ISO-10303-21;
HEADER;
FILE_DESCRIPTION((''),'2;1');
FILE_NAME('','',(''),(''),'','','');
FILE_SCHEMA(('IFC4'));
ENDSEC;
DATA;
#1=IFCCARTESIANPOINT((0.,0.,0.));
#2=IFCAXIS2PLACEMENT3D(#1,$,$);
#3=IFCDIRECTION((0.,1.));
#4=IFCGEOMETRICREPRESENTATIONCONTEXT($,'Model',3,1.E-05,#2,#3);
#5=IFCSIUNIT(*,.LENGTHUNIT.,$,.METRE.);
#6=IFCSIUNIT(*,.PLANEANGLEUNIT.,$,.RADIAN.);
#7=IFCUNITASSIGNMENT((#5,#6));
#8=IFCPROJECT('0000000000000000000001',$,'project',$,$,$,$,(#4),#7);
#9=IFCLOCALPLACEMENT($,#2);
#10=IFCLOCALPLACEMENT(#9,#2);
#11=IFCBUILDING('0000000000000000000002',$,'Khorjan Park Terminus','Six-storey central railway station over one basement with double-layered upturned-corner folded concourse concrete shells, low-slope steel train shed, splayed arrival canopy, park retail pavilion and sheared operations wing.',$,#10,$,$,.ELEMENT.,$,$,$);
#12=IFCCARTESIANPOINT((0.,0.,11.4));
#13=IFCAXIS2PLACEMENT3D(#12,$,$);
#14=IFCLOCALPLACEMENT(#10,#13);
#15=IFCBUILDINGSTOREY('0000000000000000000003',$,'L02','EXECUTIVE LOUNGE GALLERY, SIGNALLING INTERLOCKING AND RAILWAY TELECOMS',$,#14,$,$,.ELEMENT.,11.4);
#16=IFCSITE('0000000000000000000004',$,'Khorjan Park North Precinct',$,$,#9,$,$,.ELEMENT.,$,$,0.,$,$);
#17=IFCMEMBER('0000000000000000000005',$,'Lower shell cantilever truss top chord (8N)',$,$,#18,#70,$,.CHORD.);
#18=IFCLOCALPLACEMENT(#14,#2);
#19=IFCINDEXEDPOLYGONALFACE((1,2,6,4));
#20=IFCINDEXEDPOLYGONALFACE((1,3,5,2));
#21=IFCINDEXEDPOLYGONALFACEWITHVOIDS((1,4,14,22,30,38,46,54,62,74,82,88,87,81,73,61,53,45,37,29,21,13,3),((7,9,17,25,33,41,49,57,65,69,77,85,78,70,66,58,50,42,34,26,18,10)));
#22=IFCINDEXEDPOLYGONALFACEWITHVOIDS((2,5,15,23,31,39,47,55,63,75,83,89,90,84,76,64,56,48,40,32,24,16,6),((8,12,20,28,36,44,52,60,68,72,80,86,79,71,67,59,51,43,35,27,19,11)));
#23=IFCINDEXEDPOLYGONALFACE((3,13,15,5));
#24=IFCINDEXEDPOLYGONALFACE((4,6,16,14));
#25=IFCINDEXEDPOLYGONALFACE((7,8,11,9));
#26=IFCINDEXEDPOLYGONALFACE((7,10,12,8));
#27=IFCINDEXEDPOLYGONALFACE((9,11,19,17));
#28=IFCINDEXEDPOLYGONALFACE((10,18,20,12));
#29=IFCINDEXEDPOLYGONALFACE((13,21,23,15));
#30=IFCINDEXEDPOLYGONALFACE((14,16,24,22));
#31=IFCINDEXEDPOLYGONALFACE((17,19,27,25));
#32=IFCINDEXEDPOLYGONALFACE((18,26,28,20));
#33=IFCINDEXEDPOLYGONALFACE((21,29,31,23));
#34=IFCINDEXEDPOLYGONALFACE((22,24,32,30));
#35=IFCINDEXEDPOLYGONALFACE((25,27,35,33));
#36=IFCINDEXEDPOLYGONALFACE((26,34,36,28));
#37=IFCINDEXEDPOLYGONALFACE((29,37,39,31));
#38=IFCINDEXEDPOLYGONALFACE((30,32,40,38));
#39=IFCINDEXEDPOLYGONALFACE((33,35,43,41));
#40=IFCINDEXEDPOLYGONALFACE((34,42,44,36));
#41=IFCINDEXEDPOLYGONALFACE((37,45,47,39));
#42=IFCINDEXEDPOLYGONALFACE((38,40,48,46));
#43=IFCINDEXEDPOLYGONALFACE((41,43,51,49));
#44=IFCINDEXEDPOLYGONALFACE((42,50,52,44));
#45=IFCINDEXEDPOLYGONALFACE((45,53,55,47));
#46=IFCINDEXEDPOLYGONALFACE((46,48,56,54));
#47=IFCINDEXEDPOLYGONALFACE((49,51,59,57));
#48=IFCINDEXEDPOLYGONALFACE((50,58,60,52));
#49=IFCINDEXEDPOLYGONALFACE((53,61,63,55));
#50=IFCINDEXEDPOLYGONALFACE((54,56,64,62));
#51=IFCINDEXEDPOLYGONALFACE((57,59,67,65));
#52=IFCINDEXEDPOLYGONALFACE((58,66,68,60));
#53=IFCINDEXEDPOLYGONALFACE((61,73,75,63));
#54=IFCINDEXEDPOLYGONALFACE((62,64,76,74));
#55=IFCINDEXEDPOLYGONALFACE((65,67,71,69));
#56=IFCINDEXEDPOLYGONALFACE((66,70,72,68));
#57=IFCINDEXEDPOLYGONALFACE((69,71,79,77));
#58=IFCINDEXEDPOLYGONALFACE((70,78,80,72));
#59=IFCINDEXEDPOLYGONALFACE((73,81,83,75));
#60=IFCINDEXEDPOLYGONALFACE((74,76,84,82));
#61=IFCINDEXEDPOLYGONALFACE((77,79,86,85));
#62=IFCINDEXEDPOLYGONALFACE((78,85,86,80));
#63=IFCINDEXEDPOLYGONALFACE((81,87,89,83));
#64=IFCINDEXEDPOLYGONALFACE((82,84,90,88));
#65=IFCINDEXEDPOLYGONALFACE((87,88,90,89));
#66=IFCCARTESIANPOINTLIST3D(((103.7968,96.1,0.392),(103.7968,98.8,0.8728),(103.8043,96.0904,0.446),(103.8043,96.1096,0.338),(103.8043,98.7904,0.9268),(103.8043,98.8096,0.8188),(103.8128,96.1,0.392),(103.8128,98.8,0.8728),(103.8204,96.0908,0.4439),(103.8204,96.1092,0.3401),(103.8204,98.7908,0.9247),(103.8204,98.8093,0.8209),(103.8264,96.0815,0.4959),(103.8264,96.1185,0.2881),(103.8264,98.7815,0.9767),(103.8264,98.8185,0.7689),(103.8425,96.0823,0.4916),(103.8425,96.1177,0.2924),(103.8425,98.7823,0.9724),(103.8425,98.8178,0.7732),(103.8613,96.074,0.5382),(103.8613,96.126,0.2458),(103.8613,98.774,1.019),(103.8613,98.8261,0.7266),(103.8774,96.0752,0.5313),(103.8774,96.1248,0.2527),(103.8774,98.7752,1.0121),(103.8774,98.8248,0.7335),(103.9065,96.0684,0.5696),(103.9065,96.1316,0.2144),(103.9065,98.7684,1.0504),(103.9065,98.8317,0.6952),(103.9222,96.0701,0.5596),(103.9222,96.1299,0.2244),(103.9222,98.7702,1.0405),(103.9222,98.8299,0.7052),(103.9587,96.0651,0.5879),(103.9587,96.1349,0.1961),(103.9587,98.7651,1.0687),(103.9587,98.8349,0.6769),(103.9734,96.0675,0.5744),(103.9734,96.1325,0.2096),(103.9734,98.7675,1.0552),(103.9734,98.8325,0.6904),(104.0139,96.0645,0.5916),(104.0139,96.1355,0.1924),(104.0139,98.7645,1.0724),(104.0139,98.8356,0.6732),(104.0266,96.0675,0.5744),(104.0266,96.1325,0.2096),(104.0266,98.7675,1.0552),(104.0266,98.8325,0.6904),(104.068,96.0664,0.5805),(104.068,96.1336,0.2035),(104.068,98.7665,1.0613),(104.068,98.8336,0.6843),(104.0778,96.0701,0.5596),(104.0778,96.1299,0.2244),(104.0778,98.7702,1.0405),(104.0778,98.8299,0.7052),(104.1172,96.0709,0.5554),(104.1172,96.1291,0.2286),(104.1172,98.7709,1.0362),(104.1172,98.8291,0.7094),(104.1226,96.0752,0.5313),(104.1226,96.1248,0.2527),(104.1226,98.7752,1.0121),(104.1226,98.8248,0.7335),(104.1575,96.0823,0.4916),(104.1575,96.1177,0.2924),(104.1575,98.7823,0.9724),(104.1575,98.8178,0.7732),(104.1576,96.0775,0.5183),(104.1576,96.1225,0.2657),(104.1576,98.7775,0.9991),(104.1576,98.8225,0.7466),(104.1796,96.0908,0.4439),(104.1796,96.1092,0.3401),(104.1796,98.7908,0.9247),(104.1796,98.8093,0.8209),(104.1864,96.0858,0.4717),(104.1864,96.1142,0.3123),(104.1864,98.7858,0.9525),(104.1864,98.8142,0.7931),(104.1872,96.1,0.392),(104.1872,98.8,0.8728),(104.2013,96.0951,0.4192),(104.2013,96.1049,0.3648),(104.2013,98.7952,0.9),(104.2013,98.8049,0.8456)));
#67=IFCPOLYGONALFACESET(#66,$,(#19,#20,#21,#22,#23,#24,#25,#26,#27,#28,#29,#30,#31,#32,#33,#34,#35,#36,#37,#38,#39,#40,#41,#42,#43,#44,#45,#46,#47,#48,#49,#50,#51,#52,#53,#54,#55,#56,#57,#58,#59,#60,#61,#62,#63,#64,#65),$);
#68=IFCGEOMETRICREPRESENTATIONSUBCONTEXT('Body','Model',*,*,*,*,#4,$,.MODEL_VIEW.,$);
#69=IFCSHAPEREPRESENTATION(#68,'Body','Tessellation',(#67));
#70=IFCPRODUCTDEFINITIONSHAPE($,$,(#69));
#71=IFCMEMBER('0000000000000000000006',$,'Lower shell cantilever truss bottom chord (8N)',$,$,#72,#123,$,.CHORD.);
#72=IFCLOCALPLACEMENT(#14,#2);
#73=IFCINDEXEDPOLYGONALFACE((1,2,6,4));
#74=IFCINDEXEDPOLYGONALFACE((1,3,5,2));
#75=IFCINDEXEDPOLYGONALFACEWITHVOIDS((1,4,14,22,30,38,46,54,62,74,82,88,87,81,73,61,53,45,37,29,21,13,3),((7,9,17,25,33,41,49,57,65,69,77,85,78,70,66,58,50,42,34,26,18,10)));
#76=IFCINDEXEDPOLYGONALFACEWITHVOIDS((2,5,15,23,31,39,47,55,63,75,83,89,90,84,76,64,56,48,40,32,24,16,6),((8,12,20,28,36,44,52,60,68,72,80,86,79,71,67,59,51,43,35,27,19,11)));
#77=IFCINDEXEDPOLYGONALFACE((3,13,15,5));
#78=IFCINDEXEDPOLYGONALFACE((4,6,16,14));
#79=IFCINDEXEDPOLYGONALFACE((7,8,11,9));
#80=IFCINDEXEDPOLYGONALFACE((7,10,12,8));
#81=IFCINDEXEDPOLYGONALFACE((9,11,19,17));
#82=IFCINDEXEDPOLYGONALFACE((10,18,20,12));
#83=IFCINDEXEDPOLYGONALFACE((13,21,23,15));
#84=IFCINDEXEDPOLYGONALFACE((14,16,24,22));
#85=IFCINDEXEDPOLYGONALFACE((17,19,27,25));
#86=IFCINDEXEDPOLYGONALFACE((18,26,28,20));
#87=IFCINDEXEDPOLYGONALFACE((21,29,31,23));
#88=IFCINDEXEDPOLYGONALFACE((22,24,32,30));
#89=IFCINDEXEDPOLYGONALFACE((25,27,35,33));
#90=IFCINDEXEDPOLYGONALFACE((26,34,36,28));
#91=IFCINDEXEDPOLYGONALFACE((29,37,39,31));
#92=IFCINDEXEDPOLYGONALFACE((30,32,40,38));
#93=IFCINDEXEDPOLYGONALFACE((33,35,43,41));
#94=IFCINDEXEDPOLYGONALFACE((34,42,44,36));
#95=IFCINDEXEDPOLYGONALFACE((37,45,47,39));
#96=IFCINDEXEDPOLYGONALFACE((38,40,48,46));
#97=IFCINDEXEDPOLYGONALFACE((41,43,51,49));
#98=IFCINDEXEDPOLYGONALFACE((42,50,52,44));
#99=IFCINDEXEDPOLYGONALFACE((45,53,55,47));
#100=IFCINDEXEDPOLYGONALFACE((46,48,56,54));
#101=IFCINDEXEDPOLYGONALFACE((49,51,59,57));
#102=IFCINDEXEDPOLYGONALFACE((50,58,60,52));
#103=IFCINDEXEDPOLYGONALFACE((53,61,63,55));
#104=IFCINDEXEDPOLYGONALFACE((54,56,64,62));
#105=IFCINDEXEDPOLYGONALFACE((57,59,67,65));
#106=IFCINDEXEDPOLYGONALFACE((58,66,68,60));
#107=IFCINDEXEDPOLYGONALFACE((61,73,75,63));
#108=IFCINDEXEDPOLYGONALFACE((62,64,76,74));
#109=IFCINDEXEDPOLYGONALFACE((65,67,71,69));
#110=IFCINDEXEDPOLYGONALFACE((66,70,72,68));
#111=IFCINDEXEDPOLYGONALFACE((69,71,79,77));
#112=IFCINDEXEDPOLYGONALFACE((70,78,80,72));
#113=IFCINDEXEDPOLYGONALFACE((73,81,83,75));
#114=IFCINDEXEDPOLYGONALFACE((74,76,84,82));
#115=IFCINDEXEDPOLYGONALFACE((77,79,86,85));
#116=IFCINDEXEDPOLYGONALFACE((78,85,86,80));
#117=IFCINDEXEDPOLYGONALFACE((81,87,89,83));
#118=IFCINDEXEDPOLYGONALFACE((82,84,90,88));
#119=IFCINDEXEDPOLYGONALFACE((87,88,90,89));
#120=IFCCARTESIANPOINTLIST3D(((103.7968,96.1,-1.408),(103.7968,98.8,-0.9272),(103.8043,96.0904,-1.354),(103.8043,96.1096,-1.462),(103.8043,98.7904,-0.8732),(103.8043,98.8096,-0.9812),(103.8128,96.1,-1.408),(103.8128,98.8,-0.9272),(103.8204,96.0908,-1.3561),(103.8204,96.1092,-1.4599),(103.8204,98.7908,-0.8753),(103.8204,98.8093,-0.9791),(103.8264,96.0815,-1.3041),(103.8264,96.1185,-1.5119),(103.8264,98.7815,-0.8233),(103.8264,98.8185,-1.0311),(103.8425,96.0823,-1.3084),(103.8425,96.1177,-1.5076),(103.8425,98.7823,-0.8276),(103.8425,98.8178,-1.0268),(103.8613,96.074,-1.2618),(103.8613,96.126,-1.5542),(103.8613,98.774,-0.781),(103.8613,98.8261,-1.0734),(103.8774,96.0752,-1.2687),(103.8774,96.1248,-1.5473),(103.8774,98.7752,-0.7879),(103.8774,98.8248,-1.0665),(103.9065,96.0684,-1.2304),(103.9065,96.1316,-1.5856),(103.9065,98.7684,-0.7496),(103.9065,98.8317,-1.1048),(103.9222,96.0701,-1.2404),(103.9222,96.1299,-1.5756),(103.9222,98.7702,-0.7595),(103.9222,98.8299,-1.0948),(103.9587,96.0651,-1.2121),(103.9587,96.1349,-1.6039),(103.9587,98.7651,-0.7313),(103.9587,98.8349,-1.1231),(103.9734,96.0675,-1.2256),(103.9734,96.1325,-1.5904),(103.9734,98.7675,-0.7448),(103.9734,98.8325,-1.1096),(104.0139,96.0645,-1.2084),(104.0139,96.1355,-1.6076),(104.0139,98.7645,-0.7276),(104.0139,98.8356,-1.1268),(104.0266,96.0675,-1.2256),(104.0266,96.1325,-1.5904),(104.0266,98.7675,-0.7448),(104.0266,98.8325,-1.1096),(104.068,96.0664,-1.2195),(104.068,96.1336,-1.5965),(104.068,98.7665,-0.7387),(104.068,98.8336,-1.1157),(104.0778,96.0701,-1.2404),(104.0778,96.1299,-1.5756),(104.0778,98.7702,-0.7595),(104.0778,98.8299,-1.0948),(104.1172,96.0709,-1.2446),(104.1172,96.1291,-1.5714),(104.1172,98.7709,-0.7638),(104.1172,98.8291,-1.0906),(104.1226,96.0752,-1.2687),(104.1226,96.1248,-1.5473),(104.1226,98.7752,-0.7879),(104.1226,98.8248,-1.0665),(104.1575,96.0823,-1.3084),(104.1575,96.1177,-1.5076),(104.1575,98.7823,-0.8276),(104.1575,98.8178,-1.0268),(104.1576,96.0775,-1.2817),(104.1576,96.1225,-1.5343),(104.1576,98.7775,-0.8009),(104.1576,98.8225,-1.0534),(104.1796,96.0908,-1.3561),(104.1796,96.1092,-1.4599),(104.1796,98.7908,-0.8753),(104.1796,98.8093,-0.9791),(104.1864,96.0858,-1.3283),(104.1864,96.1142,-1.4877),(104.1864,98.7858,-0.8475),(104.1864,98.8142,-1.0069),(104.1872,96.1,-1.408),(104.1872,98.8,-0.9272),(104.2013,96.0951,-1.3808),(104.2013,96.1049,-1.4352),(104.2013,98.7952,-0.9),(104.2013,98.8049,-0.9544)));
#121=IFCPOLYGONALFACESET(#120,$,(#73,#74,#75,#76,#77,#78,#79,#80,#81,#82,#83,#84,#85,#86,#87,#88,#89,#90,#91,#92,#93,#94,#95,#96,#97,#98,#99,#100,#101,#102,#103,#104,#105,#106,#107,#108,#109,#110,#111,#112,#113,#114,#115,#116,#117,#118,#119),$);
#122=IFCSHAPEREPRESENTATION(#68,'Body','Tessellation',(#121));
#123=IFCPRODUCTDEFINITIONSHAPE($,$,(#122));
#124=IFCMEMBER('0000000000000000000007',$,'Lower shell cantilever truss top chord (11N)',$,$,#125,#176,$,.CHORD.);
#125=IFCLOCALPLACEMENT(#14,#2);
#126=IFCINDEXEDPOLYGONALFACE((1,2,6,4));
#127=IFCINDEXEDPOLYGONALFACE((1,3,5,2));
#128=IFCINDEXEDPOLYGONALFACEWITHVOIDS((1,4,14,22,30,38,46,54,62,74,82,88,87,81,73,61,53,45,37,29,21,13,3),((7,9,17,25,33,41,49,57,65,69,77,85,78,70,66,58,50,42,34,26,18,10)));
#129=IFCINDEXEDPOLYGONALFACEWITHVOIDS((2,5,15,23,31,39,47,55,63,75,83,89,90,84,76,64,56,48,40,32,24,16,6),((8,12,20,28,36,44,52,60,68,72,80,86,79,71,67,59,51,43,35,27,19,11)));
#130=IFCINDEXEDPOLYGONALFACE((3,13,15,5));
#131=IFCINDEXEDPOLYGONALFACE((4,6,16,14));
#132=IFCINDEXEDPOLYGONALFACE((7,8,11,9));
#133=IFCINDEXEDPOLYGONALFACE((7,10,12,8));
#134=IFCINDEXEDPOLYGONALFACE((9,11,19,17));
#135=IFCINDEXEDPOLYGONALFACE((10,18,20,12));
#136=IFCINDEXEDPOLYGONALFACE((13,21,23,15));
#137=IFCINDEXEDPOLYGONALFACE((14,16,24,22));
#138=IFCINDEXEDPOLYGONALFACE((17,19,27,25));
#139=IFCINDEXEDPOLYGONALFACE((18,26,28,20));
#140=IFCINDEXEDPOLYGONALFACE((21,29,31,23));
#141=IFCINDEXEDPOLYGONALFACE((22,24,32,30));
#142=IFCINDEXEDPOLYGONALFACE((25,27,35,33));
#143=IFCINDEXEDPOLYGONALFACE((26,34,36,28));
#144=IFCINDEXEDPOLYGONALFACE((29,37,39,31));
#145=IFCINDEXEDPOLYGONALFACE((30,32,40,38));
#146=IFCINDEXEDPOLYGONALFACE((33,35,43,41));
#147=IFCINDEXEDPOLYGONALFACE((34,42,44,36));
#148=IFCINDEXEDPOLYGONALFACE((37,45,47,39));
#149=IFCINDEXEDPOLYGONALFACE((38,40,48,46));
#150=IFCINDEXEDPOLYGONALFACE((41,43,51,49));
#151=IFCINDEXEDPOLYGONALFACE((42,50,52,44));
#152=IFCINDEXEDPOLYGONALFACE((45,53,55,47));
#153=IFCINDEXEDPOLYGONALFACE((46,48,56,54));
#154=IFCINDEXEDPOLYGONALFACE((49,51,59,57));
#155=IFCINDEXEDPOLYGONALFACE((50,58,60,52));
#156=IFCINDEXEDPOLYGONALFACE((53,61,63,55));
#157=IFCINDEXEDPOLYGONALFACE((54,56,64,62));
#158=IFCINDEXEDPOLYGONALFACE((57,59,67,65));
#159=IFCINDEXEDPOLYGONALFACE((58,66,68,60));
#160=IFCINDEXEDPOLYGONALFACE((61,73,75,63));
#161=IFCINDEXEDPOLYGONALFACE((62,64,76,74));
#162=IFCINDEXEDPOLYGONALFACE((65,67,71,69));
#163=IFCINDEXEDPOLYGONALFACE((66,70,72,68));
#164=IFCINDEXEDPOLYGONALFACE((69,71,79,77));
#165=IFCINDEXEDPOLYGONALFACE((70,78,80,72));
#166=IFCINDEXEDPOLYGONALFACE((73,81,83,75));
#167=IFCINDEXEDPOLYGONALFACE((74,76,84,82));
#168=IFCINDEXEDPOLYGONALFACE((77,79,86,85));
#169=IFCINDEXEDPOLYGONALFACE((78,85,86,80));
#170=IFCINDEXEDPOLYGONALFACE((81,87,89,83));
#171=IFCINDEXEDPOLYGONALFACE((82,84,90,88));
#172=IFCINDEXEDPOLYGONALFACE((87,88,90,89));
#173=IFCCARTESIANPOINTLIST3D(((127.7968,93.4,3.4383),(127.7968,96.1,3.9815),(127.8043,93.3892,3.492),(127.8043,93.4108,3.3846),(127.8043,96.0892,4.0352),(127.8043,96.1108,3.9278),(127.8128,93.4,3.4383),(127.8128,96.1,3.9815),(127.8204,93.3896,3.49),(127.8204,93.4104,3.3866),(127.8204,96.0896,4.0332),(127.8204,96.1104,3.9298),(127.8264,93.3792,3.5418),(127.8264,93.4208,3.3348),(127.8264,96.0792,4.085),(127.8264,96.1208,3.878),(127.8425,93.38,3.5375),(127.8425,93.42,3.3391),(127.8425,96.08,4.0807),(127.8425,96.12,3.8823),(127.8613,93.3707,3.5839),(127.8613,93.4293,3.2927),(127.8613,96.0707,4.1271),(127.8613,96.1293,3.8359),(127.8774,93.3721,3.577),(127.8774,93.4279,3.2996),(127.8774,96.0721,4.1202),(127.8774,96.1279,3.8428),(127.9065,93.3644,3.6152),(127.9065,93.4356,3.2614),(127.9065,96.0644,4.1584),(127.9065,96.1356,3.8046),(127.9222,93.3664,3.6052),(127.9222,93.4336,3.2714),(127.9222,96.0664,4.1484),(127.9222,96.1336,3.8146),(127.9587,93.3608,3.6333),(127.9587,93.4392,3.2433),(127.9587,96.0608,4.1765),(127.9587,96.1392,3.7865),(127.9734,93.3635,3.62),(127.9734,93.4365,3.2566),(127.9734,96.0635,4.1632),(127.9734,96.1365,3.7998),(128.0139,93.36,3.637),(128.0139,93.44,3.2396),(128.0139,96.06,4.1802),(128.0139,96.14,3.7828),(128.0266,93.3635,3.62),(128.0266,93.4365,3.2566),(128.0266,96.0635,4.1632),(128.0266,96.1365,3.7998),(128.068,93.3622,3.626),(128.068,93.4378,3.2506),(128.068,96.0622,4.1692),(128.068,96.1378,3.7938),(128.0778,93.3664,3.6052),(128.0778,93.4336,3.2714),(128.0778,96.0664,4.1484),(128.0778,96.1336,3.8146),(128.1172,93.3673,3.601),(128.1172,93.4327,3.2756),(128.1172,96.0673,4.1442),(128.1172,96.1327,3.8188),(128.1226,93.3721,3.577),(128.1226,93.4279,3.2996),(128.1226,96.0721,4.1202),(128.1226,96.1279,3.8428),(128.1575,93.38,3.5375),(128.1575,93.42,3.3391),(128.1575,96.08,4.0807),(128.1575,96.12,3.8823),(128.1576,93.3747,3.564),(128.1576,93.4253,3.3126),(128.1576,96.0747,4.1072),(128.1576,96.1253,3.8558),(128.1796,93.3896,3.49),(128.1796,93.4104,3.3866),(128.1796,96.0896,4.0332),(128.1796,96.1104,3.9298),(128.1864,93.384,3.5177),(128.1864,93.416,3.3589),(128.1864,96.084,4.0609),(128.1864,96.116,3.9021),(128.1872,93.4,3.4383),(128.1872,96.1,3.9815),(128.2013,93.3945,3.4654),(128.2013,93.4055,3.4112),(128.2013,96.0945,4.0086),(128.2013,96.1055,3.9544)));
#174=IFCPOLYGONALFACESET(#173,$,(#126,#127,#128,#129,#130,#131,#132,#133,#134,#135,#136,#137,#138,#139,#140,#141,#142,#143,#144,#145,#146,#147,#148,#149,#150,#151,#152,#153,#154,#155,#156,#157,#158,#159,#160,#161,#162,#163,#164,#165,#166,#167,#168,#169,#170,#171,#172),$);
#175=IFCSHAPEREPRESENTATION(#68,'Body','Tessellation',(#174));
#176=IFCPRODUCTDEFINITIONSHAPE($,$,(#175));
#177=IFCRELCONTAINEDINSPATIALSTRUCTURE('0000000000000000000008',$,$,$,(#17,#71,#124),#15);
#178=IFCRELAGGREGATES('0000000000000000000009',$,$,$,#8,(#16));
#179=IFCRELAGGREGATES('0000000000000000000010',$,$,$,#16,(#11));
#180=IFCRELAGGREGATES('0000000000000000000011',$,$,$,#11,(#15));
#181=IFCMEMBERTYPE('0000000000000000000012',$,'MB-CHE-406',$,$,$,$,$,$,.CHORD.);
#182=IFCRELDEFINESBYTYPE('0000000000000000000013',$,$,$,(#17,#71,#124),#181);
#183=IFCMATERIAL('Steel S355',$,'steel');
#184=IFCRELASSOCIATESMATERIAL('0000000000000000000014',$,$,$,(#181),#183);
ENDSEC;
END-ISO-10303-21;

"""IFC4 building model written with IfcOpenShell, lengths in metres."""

from ifc_helpers import new_model, si_unit, direction, frame, origin, origin_2d, place, context, subcontext, project, spatial, hollow_circle, extrude, material, material_profile, profile_set, type_object, element, save


model = new_model("IFC4")

# Units and contexts
model_context = context("Model", 3, precision=1e-05, world=origin(), true_north=direction((0.0, 1.0)))
body_context = subcontext(model_context, "Body", "Model", "MODEL_VIEW")
ifc_project = project(units=[si_unit("LENGTHUNIT", "METRE"), si_unit("PLANEANGLEUNIT", "RADIAN")], contexts=[model_context])

# Site, building, storey
site_placement = place(None, origin())
site = spatial("IfcSite", under=ifc_project, at=site_placement, Name="Khorjan Park North Precinct", CompositionType="ELEMENT", RefElevation=0.0)
building_placement = place(site_placement, origin())
building = spatial("IfcBuilding", under=site, at=building_placement, Name="Khorjan Park Terminus", Description="Six-storey central railway station over one basement with double-layered upturned-corner folded concourse concrete shells, low-slope steel train shed, splayed arrival canopy, park retail pavilion and sheared operations wing.", CompositionType="ELEMENT")
storey_placement = place(building_placement, frame((0.0, 0.0, 11.4)))
storey = spatial("IfcBuildingStorey", under=building, at=storey_placement, Name="L02", Description="EXECUTIVE LOUNGE GALLERY, SIGNALLING INTERLOCKING AND RAILWAY TELECOMS", CompositionType="ELEMENT", Elevation=11.4)

# Members
ifc_material_1 = material(Name="Steel S355", Category="steel")
ifc_material_profile_1 = material_profile(ifc_material_1, hollow_circle(Radius=0.2032, WallThickness=0.016, at=origin_2d()), Name="CHS 406.4x16")
ifc_profile_set_1 = profile_set([ifc_material_profile_1], Name="Steel S355")
member_type_1 = type_object("IfcMemberType", Name="MB-CHE-406", PredefinedType="CHORD", material=ifc_profile_set_1)
for number, where, z_axis, x_axis, name in (
    (1, (104.0, 96.1, 0.392), (0.0, 0.984512, 0.175316), (-1.0, 0.0, 0.0), "Lower shell cantilever truss top chord (8N)"),
    (2, (104.0, 96.1, -1.408), (0.0, 0.984512, 0.175316), (-1.0, 0.0, 0.0), "Lower shell cantilever truss bottom chord (8N)"),
):
    element("IfcMember", number, at=place(storey_placement, frame(where, z_axis=z_axis, x_axis=x_axis)), inside=storey, type_object=member_type_1, Name=name, PredefinedType="CHORD", context=body_context, shape_type="SweptSolid", body=[
        extrude(hollow_circle(Radius=0.2032, WallThickness=0.016, at=origin_2d()), origin(), (0.0, 0.0, 1.0), 2.7425),
    ])
for number, where, z_axis, x_axis, name in (
    (3, (128.0, 93.4, 3.4383), (0.0, 0.980357, 0.197233), (-1.0, 0.0, 0.0), "Lower shell cantilever truss top chord (11N)"),
):
    element("IfcMember", number, at=place(storey_placement, frame(where, z_axis=z_axis, x_axis=x_axis)), inside=storey, type_object=member_type_1, Name=name, PredefinedType="CHORD", context=body_context, shape_type="SweptSolid", body=[
        extrude(hollow_circle(Radius=0.2032, WallThickness=0.016, at=origin_2d()), origin(), (0.0, 0.0, 1.0), 2.7541),
    ])

save(model, "model.ifc")
